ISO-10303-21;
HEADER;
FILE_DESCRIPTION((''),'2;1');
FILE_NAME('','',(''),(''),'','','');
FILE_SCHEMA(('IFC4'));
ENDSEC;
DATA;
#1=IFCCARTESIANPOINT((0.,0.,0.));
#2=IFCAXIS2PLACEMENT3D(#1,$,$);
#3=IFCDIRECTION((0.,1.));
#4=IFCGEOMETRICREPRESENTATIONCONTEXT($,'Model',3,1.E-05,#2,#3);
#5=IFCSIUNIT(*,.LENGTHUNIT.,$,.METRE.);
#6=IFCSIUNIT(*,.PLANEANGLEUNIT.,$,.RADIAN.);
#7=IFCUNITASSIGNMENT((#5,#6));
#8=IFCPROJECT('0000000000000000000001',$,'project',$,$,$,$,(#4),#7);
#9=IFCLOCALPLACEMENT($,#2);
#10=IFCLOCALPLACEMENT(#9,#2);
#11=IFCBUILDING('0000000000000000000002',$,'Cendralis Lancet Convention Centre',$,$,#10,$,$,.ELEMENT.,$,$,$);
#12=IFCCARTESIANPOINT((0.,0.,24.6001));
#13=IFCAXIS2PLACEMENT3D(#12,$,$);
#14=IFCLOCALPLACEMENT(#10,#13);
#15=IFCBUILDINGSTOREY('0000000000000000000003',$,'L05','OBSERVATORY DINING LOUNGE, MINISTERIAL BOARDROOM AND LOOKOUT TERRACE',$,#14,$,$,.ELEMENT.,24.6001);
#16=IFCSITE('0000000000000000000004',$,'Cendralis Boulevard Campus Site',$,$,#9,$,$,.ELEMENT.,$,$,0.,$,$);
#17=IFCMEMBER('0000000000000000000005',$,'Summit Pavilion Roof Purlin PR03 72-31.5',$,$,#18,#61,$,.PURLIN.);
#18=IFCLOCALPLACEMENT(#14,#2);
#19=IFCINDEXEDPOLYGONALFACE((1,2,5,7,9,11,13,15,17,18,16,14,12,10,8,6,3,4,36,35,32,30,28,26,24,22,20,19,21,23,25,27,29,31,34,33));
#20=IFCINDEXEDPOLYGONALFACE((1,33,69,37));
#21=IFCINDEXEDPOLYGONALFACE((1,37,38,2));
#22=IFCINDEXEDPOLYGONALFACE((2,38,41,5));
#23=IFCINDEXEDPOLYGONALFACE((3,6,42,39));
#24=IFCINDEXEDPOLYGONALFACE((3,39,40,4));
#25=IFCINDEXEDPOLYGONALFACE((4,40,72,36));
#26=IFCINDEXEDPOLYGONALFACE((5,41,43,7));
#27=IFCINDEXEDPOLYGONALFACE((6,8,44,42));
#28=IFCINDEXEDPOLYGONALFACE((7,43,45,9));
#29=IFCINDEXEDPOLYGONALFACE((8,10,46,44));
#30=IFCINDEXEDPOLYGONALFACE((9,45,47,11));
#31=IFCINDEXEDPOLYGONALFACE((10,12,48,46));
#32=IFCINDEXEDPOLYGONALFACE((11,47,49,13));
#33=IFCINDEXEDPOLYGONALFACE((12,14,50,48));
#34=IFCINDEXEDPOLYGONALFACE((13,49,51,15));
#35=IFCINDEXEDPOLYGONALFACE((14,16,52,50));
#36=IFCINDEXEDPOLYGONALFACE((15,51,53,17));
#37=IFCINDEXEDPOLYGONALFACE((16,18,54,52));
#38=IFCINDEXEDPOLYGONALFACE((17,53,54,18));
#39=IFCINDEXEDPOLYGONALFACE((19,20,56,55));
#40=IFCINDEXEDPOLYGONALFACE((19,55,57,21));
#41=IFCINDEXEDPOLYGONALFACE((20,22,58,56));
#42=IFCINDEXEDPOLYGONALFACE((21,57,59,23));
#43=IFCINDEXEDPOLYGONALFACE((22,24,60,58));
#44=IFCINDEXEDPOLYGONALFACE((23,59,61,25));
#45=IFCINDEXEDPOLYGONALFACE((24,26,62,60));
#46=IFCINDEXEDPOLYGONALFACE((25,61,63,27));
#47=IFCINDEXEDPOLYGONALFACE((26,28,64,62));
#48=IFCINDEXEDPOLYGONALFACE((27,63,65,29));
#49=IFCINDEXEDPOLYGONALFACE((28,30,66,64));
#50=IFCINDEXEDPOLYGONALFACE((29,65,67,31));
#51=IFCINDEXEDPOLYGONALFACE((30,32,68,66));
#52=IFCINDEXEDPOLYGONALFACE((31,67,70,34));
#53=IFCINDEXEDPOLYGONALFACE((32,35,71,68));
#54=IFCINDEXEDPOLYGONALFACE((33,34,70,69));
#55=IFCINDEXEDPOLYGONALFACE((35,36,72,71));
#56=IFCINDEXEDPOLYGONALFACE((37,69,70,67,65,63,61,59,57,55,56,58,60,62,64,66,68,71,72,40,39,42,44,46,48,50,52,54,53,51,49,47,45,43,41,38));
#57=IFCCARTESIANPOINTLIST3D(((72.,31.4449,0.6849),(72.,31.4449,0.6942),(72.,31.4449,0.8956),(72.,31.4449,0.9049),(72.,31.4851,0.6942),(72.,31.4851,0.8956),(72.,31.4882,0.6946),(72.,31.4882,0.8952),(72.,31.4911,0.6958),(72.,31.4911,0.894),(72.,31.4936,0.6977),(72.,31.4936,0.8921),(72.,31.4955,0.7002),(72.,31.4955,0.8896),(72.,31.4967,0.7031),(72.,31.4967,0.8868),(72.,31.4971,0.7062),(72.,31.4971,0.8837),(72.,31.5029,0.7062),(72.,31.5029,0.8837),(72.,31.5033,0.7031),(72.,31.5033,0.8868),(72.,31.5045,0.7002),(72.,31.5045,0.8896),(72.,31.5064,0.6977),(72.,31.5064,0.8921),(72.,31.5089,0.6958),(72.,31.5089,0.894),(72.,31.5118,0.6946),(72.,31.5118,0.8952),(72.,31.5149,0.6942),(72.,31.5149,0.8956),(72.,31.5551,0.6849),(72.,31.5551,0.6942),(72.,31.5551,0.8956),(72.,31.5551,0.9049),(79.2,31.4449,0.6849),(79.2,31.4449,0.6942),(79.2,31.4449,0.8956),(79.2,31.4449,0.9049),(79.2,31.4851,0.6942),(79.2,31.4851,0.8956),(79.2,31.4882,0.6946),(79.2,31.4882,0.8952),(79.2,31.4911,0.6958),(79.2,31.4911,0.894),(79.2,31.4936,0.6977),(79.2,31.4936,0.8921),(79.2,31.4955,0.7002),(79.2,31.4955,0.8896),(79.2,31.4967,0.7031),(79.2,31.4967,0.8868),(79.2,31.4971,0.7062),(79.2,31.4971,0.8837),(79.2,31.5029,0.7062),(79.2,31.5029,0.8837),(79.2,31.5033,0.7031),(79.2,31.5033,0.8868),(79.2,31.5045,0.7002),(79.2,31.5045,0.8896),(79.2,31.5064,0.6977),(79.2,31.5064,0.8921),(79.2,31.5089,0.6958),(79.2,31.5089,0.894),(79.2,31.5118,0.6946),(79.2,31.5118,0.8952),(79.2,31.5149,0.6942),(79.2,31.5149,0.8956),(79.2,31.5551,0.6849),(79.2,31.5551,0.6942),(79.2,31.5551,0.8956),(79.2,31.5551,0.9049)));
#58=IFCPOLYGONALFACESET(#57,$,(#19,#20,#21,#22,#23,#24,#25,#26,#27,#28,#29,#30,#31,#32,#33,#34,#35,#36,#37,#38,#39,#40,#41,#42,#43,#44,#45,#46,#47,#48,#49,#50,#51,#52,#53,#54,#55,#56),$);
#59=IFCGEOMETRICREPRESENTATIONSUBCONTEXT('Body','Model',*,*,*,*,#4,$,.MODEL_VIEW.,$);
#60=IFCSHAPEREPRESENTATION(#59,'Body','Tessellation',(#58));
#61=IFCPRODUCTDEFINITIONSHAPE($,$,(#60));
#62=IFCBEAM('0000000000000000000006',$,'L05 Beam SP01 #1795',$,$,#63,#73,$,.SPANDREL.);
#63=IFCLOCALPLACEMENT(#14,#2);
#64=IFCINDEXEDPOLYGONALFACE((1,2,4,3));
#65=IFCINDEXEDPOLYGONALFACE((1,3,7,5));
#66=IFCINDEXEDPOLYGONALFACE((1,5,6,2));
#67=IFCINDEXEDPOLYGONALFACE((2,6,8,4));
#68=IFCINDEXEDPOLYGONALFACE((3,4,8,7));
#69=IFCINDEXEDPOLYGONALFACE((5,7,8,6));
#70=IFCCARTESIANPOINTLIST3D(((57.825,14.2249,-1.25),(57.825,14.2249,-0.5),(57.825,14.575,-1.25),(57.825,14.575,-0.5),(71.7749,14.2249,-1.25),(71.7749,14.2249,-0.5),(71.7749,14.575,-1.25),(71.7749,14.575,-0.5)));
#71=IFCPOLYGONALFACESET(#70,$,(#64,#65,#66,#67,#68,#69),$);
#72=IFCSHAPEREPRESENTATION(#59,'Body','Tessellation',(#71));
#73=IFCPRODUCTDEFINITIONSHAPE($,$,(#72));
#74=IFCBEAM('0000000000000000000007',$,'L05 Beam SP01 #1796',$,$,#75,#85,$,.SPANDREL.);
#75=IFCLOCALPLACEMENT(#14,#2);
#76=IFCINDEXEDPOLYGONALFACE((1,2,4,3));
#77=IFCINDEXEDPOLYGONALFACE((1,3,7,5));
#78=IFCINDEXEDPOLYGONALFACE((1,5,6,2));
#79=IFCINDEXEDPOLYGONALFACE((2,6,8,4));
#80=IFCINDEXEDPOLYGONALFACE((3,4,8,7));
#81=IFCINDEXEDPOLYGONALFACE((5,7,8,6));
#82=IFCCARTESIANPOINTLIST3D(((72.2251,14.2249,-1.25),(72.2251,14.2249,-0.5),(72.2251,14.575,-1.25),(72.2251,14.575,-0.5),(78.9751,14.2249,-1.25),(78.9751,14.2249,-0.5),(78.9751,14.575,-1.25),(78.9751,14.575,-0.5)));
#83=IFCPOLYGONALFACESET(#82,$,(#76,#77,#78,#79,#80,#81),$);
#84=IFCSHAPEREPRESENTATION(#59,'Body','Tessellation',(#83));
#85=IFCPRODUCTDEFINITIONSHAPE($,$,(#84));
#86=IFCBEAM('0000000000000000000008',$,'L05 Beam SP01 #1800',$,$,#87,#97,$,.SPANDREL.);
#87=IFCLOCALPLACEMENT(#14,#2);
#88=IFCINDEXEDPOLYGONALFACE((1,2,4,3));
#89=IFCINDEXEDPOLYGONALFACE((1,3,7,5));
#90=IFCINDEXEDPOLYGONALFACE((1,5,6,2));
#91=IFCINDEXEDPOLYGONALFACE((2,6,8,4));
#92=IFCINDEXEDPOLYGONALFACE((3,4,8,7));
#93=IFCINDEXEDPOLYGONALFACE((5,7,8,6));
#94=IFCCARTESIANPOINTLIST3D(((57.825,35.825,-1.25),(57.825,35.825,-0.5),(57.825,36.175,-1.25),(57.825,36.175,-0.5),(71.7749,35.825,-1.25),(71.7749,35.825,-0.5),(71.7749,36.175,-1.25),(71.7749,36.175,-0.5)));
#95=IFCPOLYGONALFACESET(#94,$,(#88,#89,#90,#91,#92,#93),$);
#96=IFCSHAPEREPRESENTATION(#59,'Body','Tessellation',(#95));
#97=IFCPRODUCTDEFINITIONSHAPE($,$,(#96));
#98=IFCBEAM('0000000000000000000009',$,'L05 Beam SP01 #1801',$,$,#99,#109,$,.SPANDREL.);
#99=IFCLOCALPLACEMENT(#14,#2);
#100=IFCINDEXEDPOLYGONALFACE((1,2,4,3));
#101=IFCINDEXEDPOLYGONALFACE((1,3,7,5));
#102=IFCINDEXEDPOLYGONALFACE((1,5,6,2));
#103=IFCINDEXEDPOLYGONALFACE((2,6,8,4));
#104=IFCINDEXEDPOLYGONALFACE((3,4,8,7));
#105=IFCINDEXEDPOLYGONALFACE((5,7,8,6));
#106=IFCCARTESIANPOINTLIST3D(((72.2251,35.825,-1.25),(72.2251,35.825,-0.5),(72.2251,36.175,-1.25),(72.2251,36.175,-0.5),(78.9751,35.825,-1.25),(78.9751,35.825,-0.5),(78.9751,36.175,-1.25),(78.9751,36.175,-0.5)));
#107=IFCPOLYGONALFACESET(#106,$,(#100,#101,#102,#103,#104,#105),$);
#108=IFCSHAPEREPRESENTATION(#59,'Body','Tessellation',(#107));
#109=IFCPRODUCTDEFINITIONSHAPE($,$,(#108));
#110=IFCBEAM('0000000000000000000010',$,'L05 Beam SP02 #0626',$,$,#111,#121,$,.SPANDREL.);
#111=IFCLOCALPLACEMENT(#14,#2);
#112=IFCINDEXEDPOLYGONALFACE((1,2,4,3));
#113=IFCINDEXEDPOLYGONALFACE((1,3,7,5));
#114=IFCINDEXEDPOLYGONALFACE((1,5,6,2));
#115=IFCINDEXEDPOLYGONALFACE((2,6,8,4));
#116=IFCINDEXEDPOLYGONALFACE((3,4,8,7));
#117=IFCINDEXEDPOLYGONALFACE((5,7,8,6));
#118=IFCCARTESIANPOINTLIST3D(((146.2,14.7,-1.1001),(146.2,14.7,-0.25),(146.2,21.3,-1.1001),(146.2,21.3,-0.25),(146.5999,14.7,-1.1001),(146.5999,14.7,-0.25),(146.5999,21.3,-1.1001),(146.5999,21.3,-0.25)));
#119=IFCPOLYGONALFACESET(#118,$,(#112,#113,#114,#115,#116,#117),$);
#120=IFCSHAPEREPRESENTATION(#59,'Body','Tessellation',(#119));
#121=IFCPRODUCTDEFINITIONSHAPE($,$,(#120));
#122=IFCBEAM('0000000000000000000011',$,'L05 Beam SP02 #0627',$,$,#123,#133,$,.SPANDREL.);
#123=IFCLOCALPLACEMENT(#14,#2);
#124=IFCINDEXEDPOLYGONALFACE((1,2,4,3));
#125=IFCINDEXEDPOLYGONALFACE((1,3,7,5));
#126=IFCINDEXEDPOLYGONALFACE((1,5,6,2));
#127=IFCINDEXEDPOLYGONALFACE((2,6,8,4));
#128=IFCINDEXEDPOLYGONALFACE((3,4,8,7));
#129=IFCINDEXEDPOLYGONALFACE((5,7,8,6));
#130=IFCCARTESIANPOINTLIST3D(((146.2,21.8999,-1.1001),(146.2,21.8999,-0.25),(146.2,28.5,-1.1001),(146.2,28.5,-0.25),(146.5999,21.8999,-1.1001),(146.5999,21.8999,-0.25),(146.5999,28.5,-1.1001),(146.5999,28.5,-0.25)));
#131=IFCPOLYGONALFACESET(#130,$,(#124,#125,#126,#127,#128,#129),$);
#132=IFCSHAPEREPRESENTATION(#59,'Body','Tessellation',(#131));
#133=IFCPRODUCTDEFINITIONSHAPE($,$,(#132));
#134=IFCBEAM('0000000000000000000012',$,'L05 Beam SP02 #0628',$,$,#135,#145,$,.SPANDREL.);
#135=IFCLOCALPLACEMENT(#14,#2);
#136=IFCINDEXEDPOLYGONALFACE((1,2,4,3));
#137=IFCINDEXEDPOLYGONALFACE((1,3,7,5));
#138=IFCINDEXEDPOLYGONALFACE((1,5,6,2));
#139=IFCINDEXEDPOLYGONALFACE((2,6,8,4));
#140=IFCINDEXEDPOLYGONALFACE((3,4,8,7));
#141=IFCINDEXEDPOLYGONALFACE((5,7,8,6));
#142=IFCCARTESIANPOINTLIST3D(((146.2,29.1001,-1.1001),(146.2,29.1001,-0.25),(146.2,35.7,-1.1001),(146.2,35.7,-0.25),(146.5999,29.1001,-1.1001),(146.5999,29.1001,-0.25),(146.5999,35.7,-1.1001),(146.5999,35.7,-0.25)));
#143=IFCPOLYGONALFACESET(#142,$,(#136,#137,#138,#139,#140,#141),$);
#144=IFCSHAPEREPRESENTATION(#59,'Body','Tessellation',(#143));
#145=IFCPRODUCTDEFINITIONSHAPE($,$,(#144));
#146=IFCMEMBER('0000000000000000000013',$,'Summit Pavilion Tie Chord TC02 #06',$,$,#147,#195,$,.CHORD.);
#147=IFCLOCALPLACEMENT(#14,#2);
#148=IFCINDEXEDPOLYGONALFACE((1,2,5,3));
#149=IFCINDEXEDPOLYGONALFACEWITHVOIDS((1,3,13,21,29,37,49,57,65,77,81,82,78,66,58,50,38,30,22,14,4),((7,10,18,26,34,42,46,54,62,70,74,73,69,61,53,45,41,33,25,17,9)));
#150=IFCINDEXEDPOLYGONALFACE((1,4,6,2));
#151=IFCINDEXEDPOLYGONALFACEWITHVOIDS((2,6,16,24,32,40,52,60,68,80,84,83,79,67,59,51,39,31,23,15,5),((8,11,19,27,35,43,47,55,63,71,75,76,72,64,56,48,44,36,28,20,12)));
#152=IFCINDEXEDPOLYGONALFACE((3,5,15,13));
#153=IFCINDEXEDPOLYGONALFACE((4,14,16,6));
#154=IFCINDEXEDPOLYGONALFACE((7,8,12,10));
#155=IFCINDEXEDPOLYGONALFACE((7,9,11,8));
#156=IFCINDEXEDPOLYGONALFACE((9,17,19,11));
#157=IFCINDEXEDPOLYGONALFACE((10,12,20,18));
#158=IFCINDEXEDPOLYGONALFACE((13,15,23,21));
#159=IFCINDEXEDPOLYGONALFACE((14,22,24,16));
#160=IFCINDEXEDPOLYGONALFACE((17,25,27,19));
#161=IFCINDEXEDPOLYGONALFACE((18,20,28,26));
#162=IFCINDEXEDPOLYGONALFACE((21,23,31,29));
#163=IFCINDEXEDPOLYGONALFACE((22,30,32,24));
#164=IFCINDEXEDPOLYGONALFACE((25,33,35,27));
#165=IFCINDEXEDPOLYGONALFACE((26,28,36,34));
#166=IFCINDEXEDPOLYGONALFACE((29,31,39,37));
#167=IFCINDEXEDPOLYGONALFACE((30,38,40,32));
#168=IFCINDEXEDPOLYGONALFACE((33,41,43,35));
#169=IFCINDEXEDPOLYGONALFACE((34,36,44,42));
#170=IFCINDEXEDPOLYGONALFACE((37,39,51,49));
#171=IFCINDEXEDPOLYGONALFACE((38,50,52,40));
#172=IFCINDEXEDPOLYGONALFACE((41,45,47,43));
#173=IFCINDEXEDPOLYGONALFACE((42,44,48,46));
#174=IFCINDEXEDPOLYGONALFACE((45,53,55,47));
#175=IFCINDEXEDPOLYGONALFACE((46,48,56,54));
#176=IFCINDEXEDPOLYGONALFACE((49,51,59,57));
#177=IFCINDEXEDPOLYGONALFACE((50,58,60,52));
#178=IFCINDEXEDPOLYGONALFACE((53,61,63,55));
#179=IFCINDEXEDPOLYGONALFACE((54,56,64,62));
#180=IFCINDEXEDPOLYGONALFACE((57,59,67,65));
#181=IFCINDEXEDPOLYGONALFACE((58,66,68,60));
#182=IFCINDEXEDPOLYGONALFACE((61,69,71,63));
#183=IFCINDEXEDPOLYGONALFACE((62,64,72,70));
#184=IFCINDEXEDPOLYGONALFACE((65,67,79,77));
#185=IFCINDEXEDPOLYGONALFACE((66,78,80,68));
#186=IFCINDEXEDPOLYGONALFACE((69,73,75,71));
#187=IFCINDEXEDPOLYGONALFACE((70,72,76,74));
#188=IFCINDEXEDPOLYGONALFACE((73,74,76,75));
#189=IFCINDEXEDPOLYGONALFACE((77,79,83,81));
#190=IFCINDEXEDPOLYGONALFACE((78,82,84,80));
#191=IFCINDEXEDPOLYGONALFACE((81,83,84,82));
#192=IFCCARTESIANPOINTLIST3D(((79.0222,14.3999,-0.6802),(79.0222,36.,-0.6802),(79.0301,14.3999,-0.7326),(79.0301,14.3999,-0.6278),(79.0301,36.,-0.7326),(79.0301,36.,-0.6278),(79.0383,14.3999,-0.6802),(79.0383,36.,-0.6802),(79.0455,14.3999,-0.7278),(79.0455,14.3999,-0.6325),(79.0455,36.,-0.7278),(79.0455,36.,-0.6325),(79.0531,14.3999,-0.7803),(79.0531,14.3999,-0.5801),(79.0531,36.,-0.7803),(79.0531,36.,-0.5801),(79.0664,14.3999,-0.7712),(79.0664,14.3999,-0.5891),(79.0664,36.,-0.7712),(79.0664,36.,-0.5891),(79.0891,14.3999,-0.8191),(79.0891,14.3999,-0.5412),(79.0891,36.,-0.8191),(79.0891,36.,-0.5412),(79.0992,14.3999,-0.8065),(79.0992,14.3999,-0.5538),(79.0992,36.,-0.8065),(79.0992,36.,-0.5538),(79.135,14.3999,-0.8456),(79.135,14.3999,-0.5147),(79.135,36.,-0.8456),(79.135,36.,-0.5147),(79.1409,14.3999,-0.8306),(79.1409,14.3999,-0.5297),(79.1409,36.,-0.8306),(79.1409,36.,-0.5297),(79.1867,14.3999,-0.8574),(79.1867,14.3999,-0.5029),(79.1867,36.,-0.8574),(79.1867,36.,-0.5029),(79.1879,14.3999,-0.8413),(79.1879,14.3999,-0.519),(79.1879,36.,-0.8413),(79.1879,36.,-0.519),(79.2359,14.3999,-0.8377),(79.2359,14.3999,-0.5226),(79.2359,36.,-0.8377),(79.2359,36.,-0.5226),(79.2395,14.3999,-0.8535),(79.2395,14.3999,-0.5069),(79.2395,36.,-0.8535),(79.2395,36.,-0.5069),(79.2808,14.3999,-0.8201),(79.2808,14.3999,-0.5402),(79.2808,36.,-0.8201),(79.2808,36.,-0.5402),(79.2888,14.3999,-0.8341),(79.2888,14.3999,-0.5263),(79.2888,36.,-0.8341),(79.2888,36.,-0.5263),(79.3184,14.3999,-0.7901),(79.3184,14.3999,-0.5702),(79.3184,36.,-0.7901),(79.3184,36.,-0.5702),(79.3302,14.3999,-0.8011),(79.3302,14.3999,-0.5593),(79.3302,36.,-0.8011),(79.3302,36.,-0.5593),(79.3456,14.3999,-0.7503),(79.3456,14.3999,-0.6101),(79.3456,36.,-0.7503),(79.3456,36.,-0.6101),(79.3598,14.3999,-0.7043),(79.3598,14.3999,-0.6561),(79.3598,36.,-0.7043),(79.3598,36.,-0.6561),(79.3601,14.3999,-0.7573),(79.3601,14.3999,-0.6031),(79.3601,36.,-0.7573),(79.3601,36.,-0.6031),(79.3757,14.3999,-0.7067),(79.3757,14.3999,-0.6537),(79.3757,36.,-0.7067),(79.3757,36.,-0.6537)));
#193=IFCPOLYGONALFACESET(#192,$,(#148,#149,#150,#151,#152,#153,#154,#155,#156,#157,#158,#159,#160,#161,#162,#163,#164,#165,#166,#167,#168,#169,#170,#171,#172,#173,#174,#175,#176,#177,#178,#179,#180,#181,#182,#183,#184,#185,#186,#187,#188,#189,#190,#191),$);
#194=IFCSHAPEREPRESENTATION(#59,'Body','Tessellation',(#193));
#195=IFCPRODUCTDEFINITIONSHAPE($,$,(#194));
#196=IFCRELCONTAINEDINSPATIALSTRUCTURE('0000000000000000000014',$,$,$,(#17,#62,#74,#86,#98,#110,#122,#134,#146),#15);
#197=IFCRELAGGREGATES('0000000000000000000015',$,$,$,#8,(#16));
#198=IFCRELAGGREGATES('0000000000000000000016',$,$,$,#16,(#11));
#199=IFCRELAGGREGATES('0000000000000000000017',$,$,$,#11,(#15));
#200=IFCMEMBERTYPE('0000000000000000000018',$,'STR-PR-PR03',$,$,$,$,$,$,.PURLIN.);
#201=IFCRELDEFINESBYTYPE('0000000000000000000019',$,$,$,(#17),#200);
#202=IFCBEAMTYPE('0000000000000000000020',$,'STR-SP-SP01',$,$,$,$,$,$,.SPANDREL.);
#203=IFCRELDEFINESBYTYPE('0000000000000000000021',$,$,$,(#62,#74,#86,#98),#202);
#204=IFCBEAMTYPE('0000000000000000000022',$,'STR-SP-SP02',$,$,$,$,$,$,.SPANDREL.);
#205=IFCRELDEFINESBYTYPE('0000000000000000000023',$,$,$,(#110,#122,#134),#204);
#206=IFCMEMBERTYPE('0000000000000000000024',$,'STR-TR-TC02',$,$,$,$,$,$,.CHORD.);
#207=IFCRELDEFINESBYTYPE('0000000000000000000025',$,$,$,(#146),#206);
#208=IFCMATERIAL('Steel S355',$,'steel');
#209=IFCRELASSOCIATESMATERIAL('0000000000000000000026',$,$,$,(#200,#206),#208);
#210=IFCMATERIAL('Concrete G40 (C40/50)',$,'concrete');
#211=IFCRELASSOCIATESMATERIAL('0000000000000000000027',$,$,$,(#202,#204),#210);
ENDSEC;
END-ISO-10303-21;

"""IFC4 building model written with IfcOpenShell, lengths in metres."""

from ifc_helpers import new_model, si_unit, direction, frame, origin, origin_2d, place, context, subcontext, project, spatial, rectangle, hollow_circle, i_section, extrude, material, material_profile, profile_set, type_object, element, save


model = new_model("IFC4")

# Units and contexts
model_context = context("Model", 3, precision=1e-05, world=origin(), true_north=direction((0.0, 1.0)))
body_context = subcontext(model_context, "Body", "Model", "MODEL_VIEW")
ifc_project = project(units=[si_unit("LENGTHUNIT", "METRE"), si_unit("PLANEANGLEUNIT", "RADIAN")], contexts=[model_context])

# Site, building, storey
site_placement = place(None, origin())
site = spatial("IfcSite", under=ifc_project, at=site_placement, Name="Cendralis Boulevard Campus Site", CompositionType="ELEMENT", RefElevation=0.0)
building_placement = place(site_placement, origin())
building = spatial("IfcBuilding", under=site, at=building_placement, Name="Cendralis Lancet Convention Centre", CompositionType="ELEMENT")
storey_placement = place(building_placement, frame((0.0, 0.0, 24.6001)))
storey = spatial("IfcBuildingStorey", under=building, at=storey_placement, Name="L05", Description="OBSERVATORY DINING LOUNGE, MINISTERIAL BOARDROOM AND LOOKOUT TERRACE", CompositionType="ELEMENT", Elevation=24.6001)

# Shared definitions
ifc_material_1 = material(Name="Concrete G40 (C40/50)", Category="concrete")

# Shared definitions
ifc_material_2 = material(Name="Steel S355", Category="steel")

# Member
ifc_material_profile_1 = material_profile(ifc_material_2, i_section(OverallWidth=0.1101, OverallDepth=0.22, WebThickness=0.0059, FlangeThickness=0.0093, FilletRadius=0.012, at=origin_2d()), Name="IPE 220")
ifc_profile_set_1 = profile_set([ifc_material_profile_1], Name="Steel S355")
member_type_1 = type_object("IfcMemberType", Name="STR-PR-PR03", PredefinedType="PURLIN", material=ifc_profile_set_1)
for number, where, z_axis, x_axis, name in (
    (1, (72.0, 31.5, 0.7949), (1.0, 0.0, 0.0), (0.0, 1.0, 0.0), "Summit Pavilion Roof Purlin PR03 72-31.5"),
):
    element("IfcMember", number, at=place(storey_placement, frame(where, z_axis=z_axis, x_axis=x_axis)), inside=storey, type_object=member_type_1, Name=name, PredefinedType="PURLIN", context=body_context, shape_type="SweptSolid", body=[
        extrude(i_section(OverallWidth=0.1101, OverallDepth=0.22, WebThickness=0.0059, FlangeThickness=0.0093, FilletRadius=0.012, at=origin_2d()), origin(), (0.0, 0.0, 1.0), 7.2),
    ])

# Beams
ifc_material_profile_2 = material_profile(ifc_material_1, rectangle(XDim=0.3501, YDim=0.75, at=origin_2d()), Name="RCB 350x750")
ifc_profile_set_2 = profile_set([ifc_material_profile_2], Name="Concrete G40 (C40/50)")
beam_type_1 = type_object("IfcBeamType", Name="STR-SP-SP01", PredefinedType="SPANDREL", material=ifc_profile_set_2)
beam_1_placement = place(storey_placement, frame((57.825, 14.3999, -0.875), z_axis=(1.0, 0.0, 0.0), x_axis=(0.0, 1.0, 0.0)))
element("IfcBeam", 2, at=beam_1_placement, inside=storey, type_object=beam_type_1, Name="L05 Beam SP01 #1795", PredefinedType="SPANDREL", context=body_context, shape_type="SweptSolid", body=[
    extrude(rectangle(XDim=0.3501, YDim=0.75, at=origin_2d()), origin(), (0.0, 0.0, 1.0), 13.95),
])
beam_2_placement = place(storey_placement, frame((72.2251, 14.3999, -0.875), z_axis=(1.0, 0.0, 0.0), x_axis=(0.0, 1.0, 0.0)))
element("IfcBeam", 3, at=beam_2_placement, inside=storey, type_object=beam_type_1, Name="L05 Beam SP01 #1796", PredefinedType="SPANDREL", context=body_context, shape_type="SweptSolid", body=[
    extrude(rectangle(XDim=0.3501, YDim=0.75, at=origin_2d()), origin(), (0.0, 0.0, 1.0), 6.75),
])
beam_3_placement = place(storey_placement, frame((57.825, 36.0, -0.875), z_axis=(1.0, 0.0, 0.0), x_axis=(0.0, 1.0, 0.0)))
element("IfcBeam", 4, at=beam_3_placement, inside=storey, type_object=beam_type_1, Name="L05 Beam SP01 #1800", PredefinedType="SPANDREL", context=body_context, shape_type="SweptSolid", body=[
    extrude(rectangle(XDim=0.3501, YDim=0.75, at=origin_2d()), origin(), (0.0, 0.0, 1.0), 13.95),
])
beam_4_placement = place(storey_placement, frame((72.2251, 36.0, -0.875), z_axis=(1.0, 0.0, 0.0), x_axis=(0.0, 1.0, 0.0)))
element("IfcBeam", 5, at=beam_4_placement, inside=storey, type_object=beam_type_1, Name="L05 Beam SP01 #1801", PredefinedType="SPANDREL", context=body_context, shape_type="SweptSolid", body=[
    extrude(rectangle(XDim=0.3501, YDim=0.75, at=origin_2d()), origin(), (0.0, 0.0, 1.0), 6.75),
])
ifc_material_profile_3 = material_profile(ifc_material_1, rectangle(XDim=0.3999, YDim=0.8501, at=origin_2d()), Name="RCB 400x850")
ifc_profile_set_3 = profile_set([ifc_material_profile_3], Name="Concrete G40 (C40/50)")
beam_type_2 = type_object("IfcBeamType", Name="STR-SP-SP02", PredefinedType="SPANDREL", material=ifc_profile_set_3)
for number, where, z_axis, x_axis, name in (
    (6, (146.3999, 14.7, -0.675), (0.0, 1.0, 0.0), (-1.0, 0.0, 0.0), "L05 Beam SP02 #0626"),
    (7, (146.3999, 21.8999, -0.675), (0.0, 1.0, 0.0), (-1.0, 0.0, 0.0), "L05 Beam SP02 #0627"),
):
    element("IfcBeam", number, at=place(storey_placement, frame(where, z_axis=z_axis, x_axis=x_axis)), inside=storey, type_object=beam_type_2, Name=name, PredefinedType="SPANDREL", context=body_context, shape_type="SweptSolid", body=[
        extrude(rectangle(XDim=0.3999, YDim=0.8501, at=origin_2d()), origin(), (0.0, 0.0, 1.0), 6.6001),
    ])
beam_5_placement = place(storey_placement, frame((146.3999, 29.1001, -0.675), z_axis=(0.0, 1.0, 0.0), x_axis=(-1.0, 0.0, 0.0)))
element("IfcBeam", 8, at=beam_5_placement, inside=storey, type_object=beam_type_2, Name="L05 Beam SP02 #0628", PredefinedType="SPANDREL", context=body_context, shape_type="SweptSolid", body=[
    extrude(rectangle(XDim=0.3999, YDim=0.8501, at=origin_2d()), origin(), (0.0, 0.0, 1.0), 6.5999),
])

# Member
ifc_material_profile_4 = material_profile(ifc_material_2, hollow_circle(Radius=0.1777, WallThickness=0.0161, at=origin_2d()), Name="CHS 355.6x16.0")
ifc_profile_set_4 = profile_set([ifc_material_profile_4], Name="Steel S355")
member_type_2 = type_object("IfcMemberType", Name="STR-TR-TC02", PredefinedType="CHORD", material=ifc_profile_set_4)
member_1_placement = place(storey_placement, frame((79.2, 14.3999, -0.6802), z_axis=(0.0, 1.0, 0.0), x_axis=(-1.0, 0.0, 0.0)))
element("IfcMember", 9, at=member_1_placement, inside=storey, type_object=member_type_2, Name="Summit Pavilion Tie Chord TC02 #06", PredefinedType="CHORD", context=body_context, shape_type="SweptSolid", body=[
    extrude(hollow_circle(Radius=0.1777, WallThickness=0.0161, at=origin_2d()), origin(), (0.0, 0.0, 1.0), 21.6001),
])

save(model, "model.ifc")
